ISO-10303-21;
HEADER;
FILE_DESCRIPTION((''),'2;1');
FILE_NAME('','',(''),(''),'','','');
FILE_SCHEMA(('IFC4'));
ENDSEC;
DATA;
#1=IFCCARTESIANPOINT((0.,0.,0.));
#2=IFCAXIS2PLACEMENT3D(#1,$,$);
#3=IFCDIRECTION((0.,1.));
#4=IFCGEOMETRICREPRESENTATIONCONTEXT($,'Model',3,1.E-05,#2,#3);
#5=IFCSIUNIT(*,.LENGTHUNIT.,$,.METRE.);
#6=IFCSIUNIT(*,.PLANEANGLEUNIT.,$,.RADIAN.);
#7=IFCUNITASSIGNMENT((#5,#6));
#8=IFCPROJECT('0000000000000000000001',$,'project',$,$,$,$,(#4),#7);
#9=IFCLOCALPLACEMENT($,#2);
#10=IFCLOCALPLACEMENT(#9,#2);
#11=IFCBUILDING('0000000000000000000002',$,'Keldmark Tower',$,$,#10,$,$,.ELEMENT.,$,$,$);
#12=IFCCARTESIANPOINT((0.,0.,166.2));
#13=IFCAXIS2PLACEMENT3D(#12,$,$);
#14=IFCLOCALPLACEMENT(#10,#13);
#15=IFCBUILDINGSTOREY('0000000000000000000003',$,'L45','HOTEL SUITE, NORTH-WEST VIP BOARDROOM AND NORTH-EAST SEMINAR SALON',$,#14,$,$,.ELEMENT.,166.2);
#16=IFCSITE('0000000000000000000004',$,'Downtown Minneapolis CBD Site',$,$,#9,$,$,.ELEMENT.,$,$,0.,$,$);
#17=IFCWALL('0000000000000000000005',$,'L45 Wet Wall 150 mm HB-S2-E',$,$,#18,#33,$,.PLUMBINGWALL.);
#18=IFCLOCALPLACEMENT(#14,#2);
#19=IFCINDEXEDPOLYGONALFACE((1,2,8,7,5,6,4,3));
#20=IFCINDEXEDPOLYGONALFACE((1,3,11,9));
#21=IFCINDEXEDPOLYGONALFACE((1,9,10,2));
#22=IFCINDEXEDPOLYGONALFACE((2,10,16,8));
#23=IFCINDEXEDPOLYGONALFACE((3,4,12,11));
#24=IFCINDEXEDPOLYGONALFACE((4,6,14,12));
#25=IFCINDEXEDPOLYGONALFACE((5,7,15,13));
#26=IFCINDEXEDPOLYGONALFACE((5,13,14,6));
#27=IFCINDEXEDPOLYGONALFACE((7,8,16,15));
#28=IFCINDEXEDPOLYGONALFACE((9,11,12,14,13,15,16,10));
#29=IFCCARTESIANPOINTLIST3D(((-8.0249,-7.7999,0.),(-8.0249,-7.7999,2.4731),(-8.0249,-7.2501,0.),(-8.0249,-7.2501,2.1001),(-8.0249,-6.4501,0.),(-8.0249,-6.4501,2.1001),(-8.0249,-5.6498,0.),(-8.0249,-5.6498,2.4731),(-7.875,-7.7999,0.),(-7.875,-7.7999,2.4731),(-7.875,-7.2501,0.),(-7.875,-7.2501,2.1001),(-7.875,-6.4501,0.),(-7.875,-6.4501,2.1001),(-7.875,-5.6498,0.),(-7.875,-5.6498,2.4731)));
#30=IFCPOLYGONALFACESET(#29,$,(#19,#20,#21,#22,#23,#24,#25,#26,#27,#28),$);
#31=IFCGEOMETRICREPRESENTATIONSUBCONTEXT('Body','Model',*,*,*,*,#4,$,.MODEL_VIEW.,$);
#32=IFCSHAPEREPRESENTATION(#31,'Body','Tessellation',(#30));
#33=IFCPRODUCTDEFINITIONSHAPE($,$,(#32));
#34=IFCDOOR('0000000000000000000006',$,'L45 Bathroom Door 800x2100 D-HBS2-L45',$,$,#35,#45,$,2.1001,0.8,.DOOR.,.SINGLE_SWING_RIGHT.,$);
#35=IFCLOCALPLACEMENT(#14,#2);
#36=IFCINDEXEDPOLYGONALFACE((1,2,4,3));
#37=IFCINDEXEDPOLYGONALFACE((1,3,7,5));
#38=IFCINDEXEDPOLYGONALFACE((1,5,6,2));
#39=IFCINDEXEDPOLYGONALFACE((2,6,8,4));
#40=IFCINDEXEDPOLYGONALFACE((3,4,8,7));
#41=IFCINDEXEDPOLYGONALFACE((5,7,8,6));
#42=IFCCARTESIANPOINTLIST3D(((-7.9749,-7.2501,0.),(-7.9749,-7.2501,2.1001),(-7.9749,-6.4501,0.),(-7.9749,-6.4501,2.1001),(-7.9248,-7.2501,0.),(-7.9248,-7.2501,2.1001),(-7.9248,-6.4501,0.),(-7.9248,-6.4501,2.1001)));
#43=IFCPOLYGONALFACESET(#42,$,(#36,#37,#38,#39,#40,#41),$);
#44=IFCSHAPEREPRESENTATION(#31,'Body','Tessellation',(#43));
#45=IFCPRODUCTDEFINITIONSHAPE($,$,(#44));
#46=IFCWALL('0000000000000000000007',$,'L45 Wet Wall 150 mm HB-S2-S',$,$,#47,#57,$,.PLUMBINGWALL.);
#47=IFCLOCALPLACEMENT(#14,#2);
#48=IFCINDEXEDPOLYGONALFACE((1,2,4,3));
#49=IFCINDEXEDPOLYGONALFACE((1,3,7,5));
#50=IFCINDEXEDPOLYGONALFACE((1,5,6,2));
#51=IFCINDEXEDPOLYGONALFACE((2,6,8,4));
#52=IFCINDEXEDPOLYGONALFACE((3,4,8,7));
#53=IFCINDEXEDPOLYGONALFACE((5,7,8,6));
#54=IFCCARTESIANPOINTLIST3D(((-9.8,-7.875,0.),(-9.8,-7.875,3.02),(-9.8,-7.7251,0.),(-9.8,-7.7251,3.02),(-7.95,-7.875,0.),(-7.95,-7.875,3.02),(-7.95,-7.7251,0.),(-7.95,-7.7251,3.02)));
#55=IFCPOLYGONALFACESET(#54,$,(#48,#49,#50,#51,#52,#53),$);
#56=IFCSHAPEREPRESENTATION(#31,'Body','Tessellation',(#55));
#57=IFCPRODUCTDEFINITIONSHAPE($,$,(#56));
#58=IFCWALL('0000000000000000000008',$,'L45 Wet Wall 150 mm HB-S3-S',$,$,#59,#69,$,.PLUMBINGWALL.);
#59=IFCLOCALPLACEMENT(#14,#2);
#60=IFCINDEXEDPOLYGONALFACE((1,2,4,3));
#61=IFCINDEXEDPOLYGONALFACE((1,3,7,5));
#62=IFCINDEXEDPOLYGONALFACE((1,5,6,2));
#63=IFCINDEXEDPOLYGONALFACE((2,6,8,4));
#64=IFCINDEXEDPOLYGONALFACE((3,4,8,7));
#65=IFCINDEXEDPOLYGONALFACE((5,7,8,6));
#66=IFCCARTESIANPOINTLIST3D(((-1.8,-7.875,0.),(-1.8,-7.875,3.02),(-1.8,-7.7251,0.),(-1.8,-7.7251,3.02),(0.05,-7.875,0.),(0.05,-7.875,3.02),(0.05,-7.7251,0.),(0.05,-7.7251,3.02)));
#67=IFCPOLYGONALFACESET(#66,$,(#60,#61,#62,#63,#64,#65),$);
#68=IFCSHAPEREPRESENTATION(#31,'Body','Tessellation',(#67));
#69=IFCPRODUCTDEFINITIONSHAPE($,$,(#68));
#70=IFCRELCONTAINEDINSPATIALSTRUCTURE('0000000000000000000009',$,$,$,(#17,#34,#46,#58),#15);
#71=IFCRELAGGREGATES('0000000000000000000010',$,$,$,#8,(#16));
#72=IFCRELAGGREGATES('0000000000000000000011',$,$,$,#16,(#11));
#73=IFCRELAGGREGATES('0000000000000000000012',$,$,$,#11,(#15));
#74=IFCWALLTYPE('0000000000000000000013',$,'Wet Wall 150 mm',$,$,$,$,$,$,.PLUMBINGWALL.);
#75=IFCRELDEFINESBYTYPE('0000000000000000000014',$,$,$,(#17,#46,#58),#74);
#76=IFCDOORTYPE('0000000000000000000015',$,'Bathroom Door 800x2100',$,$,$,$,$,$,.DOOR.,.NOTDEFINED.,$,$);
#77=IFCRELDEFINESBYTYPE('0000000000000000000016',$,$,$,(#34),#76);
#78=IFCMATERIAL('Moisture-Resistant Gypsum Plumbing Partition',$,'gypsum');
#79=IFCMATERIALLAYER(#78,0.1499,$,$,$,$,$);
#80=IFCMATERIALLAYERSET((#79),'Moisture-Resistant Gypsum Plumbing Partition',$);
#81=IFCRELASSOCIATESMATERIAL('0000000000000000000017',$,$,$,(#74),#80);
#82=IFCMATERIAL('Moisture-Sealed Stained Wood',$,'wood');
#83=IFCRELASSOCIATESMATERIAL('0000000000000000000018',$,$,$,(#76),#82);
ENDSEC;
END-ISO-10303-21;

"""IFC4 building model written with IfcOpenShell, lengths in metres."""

from ifc_helpers import new_model, si_unit, direction, frame, frame_2d, origin, place, context, subcontext, project, spatial, rectangle, extrude, material, layer, layer_set, type_object, element, fill, save


model = new_model("IFC4")

# Units and contexts
model_context = context("Model", 3, precision=1e-05, world=origin(), true_north=direction((0.0, 1.0)))
body_context = subcontext(model_context, "Body", "Model", "MODEL_VIEW")
ifc_project = project(units=[si_unit("LENGTHUNIT", "METRE"), si_unit("PLANEANGLEUNIT", "RADIAN")], contexts=[model_context])

# Site, building, storey
site_placement = place(None, origin())
site = spatial("IfcSite", under=ifc_project, at=site_placement, Name="Downtown Minneapolis CBD Site", CompositionType="ELEMENT", RefElevation=0.0)
building_placement = place(site_placement, origin())
building = spatial("IfcBuilding", under=site, at=building_placement, Name="Keldmark Tower", CompositionType="ELEMENT")
storey_placement = place(building_placement, frame((0.0, 0.0, 166.2)))
storey = spatial("IfcBuildingStorey", under=building, at=storey_placement, Name="L45", Description="HOTEL SUITE, NORTH-WEST VIP BOARDROOM AND NORTH-EAST SEMINAR SALON", CompositionType="ELEMENT", Elevation=166.2)

# Shared definitions
ifc_material_1 = material(Name="Moisture-Resistant Gypsum Plumbing Partition", Category="gypsum")
ifc_layer_1 = layer(ifc_material_1, 0.1499)
ifc_layer_set_1 = layer_set([ifc_layer_1], Name="Moisture-Resistant Gypsum Plumbing Partition")
wall_type_1 = type_object("IfcWallType", Name="Wet Wall 150 mm", PredefinedType="PLUMBINGWALL", material=ifc_layer_set_1)

# Wall, opening, door
wall_1_placement = place(storey_placement, frame((-7.95, -7.8, 0.0), z_axis=(0.0, 0.0, 1.0), x_axis=(0.0, 1.0, 0.0)))
wall_1 = element("IfcWall", 1, at=wall_1_placement, inside=storey, type_object=wall_type_1, Name="L45 Wet Wall 150 mm HB-S2-E", PredefinedType="PLUMBINGWALL", context=body_context, shape_type="SweptSolid", body=[
    extrude(rectangle(XDim=2.1501, YDim=0.1499, at=frame_2d((1.0752, 0.0))), origin(), (0.0, 0.0, 1.0), 2.4731),
])
opening_1_placement = place(wall_1_placement, frame((0.55, 0.0, 0.0)))
opening_1 = element("IfcOpeningElement", 2, at=opening_1_placement, cuts=wall_1, PredefinedType="OPENING", context=body_context, shape_type="SweptSolid", body=[
    extrude(rectangle(XDim=0.8, YDim=2.1001, at=frame_2d((0.3999, 1.05))), frame((0.0, 0.085, 0.0), z_axis=(0.0, -1.0, 0.0), x_axis=(1.0, 0.0, 0.0)), (0.0, 0.0, 1.0), 0.1699),
])
ifc_material_2 = material(Name="Moisture-Sealed Stained Wood", Category="wood")
door_type = type_object("IfcDoorType", Name="Bathroom Door 800x2100", OperationType="NOTDEFINED", PredefinedType="DOOR", material=ifc_material_2)
door_placement = place(opening_1_placement, origin())
door = element("IfcDoor", 3, at=door_placement, inside=storey, type_object=door_type, Name="L45 Bathroom Door 800x2100 D-HBS2-L45", OperationType="SINGLE_SWING_RIGHT", OverallHeight=2.1001, OverallWidth=0.8, PredefinedType="DOOR", context=body_context, shape_type="SweptSolid", body=[
    extrude(rectangle(XDim=0.8, YDim=2.1001, at=frame_2d((0.3999, 1.05))), frame((0.0, 0.0249, 0.0), z_axis=(0.0, -1.0, 0.0), x_axis=(1.0, 0.0, 0.0)), (0.0, 0.0, 1.0), 0.05),
])
fill(opening_1, door)

# Walls
for number, where, z_axis, x_axis, name in (
    (4, (-9.8, -7.8, 0.0), (0.0, 0.0, 1.0), (1.0, 0.0, 0.0), "L45 Wet Wall 150 mm HB-S2-S"),
    (5, (-1.8, -7.8, 0.0), (0.0, 0.0, 1.0), (1.0, 0.0, 0.0), "L45 Wet Wall 150 mm HB-S3-S"),
):
    element("IfcWall", number, at=place(storey_placement, frame(where, z_axis=z_axis, x_axis=x_axis)), inside=storey, type_object=wall_type_1, Name=name, PredefinedType="PLUMBINGWALL", context=body_context, shape_type="SweptSolid", body=[
        extrude(rectangle(XDim=1.8501, YDim=0.1499, at=frame_2d((0.925, 0.0))), origin(), (0.0, 0.0, 1.0), 3.02),
    ])

save(model, "model.ifc")
